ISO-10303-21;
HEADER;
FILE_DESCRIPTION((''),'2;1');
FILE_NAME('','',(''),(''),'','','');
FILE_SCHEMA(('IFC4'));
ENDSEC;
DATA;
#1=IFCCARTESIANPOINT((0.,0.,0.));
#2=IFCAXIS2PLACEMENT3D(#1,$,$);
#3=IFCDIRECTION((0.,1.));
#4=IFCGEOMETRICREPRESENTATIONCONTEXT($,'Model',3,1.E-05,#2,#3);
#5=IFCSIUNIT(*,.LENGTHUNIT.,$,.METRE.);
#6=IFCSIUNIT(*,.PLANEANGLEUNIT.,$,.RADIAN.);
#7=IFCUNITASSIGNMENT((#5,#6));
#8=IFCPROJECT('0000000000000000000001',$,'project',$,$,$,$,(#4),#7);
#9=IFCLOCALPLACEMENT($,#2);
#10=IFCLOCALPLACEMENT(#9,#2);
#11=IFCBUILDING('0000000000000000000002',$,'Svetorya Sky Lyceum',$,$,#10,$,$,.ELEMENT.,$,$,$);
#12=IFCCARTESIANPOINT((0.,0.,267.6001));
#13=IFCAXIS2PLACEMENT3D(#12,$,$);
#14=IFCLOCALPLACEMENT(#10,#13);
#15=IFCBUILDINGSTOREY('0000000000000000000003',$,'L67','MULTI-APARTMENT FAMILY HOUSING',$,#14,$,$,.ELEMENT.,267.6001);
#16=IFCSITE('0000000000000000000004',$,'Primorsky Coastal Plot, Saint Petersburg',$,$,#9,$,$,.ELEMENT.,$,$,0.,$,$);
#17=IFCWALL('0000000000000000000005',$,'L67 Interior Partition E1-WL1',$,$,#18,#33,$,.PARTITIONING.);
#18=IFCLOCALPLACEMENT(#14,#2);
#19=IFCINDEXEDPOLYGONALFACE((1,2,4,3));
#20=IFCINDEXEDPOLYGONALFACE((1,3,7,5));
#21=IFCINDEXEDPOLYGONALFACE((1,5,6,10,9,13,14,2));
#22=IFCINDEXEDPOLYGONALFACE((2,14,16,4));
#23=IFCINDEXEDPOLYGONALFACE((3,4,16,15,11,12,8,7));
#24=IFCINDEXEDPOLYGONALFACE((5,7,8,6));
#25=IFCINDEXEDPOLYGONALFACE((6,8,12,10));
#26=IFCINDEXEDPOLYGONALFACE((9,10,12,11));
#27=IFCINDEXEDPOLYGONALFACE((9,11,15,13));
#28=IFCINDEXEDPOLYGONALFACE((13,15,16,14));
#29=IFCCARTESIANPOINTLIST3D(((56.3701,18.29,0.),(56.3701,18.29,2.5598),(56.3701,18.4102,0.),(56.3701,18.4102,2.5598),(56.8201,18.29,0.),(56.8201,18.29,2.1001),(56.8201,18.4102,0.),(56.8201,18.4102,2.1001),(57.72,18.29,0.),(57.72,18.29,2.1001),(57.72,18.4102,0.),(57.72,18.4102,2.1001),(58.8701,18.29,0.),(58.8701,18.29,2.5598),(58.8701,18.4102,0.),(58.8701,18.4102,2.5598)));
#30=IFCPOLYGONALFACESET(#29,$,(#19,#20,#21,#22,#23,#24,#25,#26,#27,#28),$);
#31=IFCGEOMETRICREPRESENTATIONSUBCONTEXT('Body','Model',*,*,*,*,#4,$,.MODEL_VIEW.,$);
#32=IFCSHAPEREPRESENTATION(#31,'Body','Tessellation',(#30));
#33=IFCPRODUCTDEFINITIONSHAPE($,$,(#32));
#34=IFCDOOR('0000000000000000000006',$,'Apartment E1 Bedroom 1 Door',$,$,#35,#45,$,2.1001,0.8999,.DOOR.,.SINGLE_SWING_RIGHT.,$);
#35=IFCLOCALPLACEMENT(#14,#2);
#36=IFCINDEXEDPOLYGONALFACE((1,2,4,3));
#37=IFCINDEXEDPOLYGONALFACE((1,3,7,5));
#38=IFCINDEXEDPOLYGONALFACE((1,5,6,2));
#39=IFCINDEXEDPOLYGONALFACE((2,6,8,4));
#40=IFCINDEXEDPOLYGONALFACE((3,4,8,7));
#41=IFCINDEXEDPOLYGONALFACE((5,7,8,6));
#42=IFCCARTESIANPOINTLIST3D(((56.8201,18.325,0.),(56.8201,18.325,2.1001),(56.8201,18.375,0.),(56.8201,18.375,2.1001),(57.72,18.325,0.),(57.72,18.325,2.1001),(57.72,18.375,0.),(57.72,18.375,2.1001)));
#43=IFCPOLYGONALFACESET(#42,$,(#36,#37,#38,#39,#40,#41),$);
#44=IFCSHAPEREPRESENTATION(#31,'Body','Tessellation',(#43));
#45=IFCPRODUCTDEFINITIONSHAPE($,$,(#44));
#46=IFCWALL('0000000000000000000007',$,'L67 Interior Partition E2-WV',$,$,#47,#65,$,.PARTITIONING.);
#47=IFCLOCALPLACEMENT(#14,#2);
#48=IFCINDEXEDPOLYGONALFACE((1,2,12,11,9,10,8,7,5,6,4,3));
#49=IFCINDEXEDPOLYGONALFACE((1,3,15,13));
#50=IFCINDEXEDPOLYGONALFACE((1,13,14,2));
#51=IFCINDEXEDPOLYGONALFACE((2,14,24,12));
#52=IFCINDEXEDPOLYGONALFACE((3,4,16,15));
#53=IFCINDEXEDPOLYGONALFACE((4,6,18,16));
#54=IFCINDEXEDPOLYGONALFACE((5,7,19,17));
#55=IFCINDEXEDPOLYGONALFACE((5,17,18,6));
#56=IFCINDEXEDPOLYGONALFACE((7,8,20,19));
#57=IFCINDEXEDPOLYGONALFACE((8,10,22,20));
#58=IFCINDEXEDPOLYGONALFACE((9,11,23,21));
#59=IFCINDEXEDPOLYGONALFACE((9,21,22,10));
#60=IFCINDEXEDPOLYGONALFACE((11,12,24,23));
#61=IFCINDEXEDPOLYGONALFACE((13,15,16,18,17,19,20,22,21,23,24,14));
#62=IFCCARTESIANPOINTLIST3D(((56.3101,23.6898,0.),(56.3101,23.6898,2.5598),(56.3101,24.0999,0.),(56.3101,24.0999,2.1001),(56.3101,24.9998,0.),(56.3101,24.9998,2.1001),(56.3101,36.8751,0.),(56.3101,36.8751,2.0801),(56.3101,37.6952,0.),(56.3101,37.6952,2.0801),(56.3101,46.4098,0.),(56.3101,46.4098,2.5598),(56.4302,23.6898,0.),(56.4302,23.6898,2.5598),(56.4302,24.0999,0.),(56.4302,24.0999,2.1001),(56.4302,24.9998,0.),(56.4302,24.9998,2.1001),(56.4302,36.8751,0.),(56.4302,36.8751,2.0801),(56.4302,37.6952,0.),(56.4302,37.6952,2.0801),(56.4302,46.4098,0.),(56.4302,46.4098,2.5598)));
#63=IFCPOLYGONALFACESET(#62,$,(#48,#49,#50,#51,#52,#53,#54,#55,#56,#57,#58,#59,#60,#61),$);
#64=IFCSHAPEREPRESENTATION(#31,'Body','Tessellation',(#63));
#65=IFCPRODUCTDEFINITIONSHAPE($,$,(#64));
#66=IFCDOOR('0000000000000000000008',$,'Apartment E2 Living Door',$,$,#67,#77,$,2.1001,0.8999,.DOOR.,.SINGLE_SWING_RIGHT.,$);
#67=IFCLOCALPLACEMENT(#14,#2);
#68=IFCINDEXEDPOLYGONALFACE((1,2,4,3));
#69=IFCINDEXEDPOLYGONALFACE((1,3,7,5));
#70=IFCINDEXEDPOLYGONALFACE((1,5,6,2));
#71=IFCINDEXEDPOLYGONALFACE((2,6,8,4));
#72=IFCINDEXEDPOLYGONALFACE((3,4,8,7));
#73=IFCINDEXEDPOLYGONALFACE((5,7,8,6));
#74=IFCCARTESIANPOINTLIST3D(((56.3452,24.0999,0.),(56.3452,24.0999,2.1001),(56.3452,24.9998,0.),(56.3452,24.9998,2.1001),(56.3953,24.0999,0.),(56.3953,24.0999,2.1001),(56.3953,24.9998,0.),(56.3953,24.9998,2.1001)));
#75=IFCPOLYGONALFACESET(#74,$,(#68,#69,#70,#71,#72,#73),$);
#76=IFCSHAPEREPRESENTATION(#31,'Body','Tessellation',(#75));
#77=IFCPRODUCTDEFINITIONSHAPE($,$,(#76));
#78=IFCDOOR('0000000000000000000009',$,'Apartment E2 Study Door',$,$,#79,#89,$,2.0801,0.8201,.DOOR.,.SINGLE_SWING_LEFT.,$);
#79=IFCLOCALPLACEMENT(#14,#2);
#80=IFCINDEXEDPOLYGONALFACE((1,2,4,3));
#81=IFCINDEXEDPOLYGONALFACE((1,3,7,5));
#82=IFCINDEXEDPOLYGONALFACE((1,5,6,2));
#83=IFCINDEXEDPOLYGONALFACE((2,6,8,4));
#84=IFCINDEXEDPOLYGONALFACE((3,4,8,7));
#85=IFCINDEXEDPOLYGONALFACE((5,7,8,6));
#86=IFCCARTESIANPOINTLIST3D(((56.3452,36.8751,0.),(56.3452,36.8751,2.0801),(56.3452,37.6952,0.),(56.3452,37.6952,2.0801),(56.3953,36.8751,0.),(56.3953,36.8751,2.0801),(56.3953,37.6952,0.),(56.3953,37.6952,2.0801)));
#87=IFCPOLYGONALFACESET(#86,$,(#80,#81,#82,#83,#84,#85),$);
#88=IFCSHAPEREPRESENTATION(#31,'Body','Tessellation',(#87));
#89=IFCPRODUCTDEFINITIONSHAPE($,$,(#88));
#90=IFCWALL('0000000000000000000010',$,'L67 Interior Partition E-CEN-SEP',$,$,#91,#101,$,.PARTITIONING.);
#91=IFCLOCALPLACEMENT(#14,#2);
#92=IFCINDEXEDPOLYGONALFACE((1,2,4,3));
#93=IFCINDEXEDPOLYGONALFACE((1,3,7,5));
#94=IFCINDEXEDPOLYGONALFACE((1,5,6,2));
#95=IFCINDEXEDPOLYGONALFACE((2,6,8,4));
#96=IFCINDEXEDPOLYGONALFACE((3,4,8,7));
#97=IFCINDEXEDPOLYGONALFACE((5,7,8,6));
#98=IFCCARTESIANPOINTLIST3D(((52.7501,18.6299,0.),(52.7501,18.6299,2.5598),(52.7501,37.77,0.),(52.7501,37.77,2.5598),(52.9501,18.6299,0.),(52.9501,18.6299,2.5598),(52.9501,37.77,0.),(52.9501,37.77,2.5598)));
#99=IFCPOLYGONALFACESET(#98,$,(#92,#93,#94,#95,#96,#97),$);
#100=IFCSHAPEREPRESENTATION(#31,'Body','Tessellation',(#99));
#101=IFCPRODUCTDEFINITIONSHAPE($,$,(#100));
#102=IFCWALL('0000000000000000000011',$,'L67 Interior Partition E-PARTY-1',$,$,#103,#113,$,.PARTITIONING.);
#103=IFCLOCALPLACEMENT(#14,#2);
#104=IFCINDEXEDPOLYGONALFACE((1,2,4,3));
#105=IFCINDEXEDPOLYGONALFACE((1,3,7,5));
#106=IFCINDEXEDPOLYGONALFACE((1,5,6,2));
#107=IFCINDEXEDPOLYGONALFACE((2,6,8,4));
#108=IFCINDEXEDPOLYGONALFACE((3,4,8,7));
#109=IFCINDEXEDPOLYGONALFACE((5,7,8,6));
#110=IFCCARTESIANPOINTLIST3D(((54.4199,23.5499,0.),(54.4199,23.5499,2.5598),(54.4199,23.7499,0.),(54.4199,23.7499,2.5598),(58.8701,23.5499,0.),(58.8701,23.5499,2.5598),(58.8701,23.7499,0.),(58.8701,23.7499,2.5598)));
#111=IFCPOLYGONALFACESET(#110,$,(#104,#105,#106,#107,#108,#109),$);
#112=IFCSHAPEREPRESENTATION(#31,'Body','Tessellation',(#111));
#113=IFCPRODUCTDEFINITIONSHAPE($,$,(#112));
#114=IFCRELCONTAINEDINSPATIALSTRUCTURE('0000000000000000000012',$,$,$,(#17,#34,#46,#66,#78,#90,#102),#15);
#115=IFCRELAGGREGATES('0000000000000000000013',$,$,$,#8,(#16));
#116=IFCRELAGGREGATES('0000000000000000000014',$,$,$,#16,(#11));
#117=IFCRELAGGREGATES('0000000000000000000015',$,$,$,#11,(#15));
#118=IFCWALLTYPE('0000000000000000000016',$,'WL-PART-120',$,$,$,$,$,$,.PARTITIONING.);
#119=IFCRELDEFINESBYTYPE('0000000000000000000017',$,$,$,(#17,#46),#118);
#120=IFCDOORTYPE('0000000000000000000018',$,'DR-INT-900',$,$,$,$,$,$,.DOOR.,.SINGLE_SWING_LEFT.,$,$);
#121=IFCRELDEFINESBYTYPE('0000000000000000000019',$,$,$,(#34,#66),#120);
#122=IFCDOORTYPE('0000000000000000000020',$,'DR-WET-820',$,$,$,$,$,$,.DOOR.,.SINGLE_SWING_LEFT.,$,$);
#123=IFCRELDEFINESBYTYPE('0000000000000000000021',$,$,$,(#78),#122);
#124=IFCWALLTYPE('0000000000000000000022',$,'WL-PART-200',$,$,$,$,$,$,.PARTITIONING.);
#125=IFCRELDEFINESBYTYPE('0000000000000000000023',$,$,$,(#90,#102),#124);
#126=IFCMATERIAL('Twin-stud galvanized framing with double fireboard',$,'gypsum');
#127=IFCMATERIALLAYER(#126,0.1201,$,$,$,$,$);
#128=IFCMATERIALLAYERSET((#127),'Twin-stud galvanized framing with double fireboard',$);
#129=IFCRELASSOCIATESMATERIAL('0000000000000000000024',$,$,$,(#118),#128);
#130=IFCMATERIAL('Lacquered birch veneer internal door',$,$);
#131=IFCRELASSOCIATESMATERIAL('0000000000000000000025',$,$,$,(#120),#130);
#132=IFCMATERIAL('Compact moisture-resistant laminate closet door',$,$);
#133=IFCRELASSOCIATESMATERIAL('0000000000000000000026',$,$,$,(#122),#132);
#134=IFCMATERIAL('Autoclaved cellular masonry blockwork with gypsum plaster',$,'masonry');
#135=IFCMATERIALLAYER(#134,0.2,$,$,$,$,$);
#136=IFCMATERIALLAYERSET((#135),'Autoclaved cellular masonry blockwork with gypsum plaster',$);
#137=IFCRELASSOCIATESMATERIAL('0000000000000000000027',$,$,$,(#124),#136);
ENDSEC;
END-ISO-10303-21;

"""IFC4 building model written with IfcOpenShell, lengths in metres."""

from ifc_helpers import new_model, si_unit, direction, frame, frame_2d, origin, place, context, subcontext, project, spatial, rectangle, extrude, material, layer, layer_set, type_object, element, fill, save


model = new_model("IFC4")

# Units and contexts
model_context = context("Model", 3, precision=1e-05, world=origin(), true_north=direction((0.0, 1.0)))
body_context = subcontext(model_context, "Body", "Model", "MODEL_VIEW")
ifc_project = project(units=[si_unit("LENGTHUNIT", "METRE"), si_unit("PLANEANGLEUNIT", "RADIAN")], contexts=[model_context])

# Site, building, storey
site_placement = place(None, origin())
site = spatial("IfcSite", under=ifc_project, at=site_placement, Name="Primorsky Coastal Plot, Saint Petersburg", CompositionType="ELEMENT", RefElevation=0.0)
building_placement = place(site_placement, origin())
building = spatial("IfcBuilding", under=site, at=building_placement, Name="Svetorya Sky Lyceum", CompositionType="ELEMENT")
storey_placement = place(building_placement, frame((0.0, 0.0, 267.6001)))
storey = spatial("IfcBuildingStorey", under=building, at=storey_placement, Name="L67", Description="MULTI-APARTMENT FAMILY HOUSING", CompositionType="ELEMENT", Elevation=267.6001)

# Wall, opening, door
ifc_material_1 = material(Name="Twin-stud galvanized framing with double fireboard", Category="gypsum")
ifc_layer_1 = layer(ifc_material_1, 0.1201)
ifc_layer_set_1 = layer_set([ifc_layer_1], Name="Twin-stud galvanized framing with double fireboard")
wall_type_1 = type_object("IfcWallType", Name="WL-PART-120", PredefinedType="PARTITIONING", material=ifc_layer_set_1)
wall_1_placement = place(storey_placement, frame((56.3701, 18.3501, 0.0), z_axis=(0.0, 0.0, 1.0), x_axis=(1.0, 0.0, 0.0)))
wall_1 = element("IfcWall", 1, at=wall_1_placement, inside=storey, type_object=wall_type_1, Name="L67 Interior Partition E1-WL1", PredefinedType="PARTITIONING", context=body_context, shape_type="SweptSolid", body=[
    extrude(rectangle(XDim=2.5, YDim=0.1201, at=frame_2d((1.25, 0.0))), origin(), (0.0, 0.0, 1.0), 2.5598),
])
opening_1_placement = place(wall_1_placement, frame((0.45, 0.0, 0.0)))
opening_1 = element("IfcOpeningElement", 2, at=opening_1_placement, cuts=wall_1, PredefinedType="OPENING", context=body_context, shape_type="SweptSolid", body=[
    extrude(rectangle(XDim=0.8999, YDim=2.1001, at=frame_2d((0.45, 1.05))), frame((0.0, 0.0701, 0.0), z_axis=(0.0, -1.0, 0.0), x_axis=(1.0, 0.0, 0.0)), (0.0, 0.0, 1.0), 0.1401),
])
ifc_material_2 = material(Name="Lacquered birch veneer internal door")
door_type_1 = type_object("IfcDoorType", Name="DR-INT-900", OperationType="SINGLE_SWING_LEFT", PredefinedType="DOOR", material=ifc_material_2)
door_1_placement = place(opening_1_placement, origin())
door_1 = element("IfcDoor", 3, at=door_1_placement, inside=storey, type_object=door_type_1, Name="Apartment E1 Bedroom 1 Door", OperationType="SINGLE_SWING_RIGHT", OverallHeight=2.1001, OverallWidth=0.8999, PredefinedType="DOOR", context=body_context, shape_type="SweptSolid", body=[
    extrude(rectangle(XDim=0.8999, YDim=2.1001, at=frame_2d((0.45, 1.05))), frame((0.0, 0.0249, 0.0), z_axis=(0.0, -1.0, 0.0), x_axis=(1.0, 0.0, 0.0)), (0.0, 0.0, 1.0), 0.05),
])
fill(opening_1, door_1)

# Wall, openings, doors
wall_2_placement = place(storey_placement, frame((56.3701, 23.6899, 0.0), z_axis=(0.0, 0.0, 1.0), x_axis=(0.0, 1.0, 0.0)))
wall_2 = element("IfcWall", 4, at=wall_2_placement, inside=storey, type_object=wall_type_1, Name="L67 Interior Partition E2-WV", PredefinedType="PARTITIONING", context=body_context, shape_type="SweptSolid", body=[
    extrude(rectangle(XDim=22.72, YDim=0.1201, at=frame_2d((11.3599, 0.0))), origin(), (0.0, 0.0, 1.0), 2.5598),
])
opening_2_placement = place(wall_2_placement, frame((0.4099, 0.0, 0.0)))
opening_2 = element("IfcOpeningElement", 5, at=opening_2_placement, cuts=wall_2, PredefinedType="OPENING", context=body_context, shape_type="SweptSolid", body=[
    extrude(rectangle(XDim=0.8999, YDim=2.1001, at=frame_2d((0.45, 1.05))), frame((0.0, 0.0701, 0.0), z_axis=(0.0, -1.0, 0.0), x_axis=(1.0, 0.0, 0.0)), (0.0, 0.0, 1.0), 0.1401),
])
opening_3_placement = place(wall_2_placement, frame((13.1851, 0.0, 0.0)))
opening_3 = element("IfcOpeningElement", 6, at=opening_3_placement, cuts=wall_2, PredefinedType="OPENING", context=body_context, shape_type="SweptSolid", body=[
    extrude(rectangle(XDim=0.8201, YDim=2.0801, at=frame_2d((0.4102, 1.04))), frame((0.0, 0.0701, 0.0), z_axis=(0.0, -1.0, 0.0), x_axis=(1.0, 0.0, 0.0)), (0.0, 0.0, 1.0), 0.1401),
])
door_2_placement = place(opening_2_placement, origin())
door_2 = element("IfcDoor", 7, at=door_2_placement, inside=storey, type_object=door_type_1, Name="Apartment E2 Living Door", OperationType="SINGLE_SWING_RIGHT", OverallHeight=2.1001, OverallWidth=0.8999, PredefinedType="DOOR", context=body_context, shape_type="SweptSolid", body=[
    extrude(rectangle(XDim=0.8999, YDim=2.1001, at=frame_2d((0.45, 1.05))), frame((0.0, 0.0249, 0.0), z_axis=(0.0, -1.0, 0.0), x_axis=(1.0, 0.0, 0.0)), (0.0, 0.0, 1.0), 0.05),
])
fill(opening_2, door_2)
ifc_material_3 = material(Name="Compact moisture-resistant laminate closet door")
door_type_2 = type_object("IfcDoorType", Name="DR-WET-820", OperationType="SINGLE_SWING_LEFT", PredefinedType="DOOR", material=ifc_material_3)
door_3_placement = place(opening_3_placement, origin())
door_3 = element("IfcDoor", 8, at=door_3_placement, inside=storey, type_object=door_type_2, Name="Apartment E2 Study Door", OperationType="SINGLE_SWING_LEFT", OverallHeight=2.0801, OverallWidth=0.8201, PredefinedType="DOOR", context=body_context, shape_type="SweptSolid", body=[
    extrude(rectangle(XDim=0.8201, YDim=2.0801, at=frame_2d((0.4102, 1.04))), frame((0.0, 0.0249, 0.0), z_axis=(0.0, -1.0, 0.0), x_axis=(1.0, 0.0, 0.0)), (0.0, 0.0, 1.0), 0.05),
])
fill(opening_3, door_3)

# Walls
ifc_material_4 = material(Name="Autoclaved cellular masonry blockwork with gypsum plaster", Category="masonry")
ifc_layer_2 = layer(ifc_material_4, 0.2)
ifc_layer_set_2 = layer_set([ifc_layer_2], Name="Autoclaved cellular masonry blockwork with gypsum plaster")
wall_type_2 = type_object("IfcWallType", Name="WL-PART-200", PredefinedType="PARTITIONING", material=ifc_layer_set_2)
wall_3_placement = place(storey_placement, frame((52.8501, 18.6299, 0.0), z_axis=(0.0, 0.0, 1.0), x_axis=(0.0, 1.0, 0.0)))
element("IfcWall", 9, at=wall_3_placement, inside=storey, type_object=wall_type_2, Name="L67 Interior Partition E-CEN-SEP", PredefinedType="PARTITIONING", context=body_context, shape_type="SweptSolid", body=[
    extrude(rectangle(XDim=19.1401, YDim=0.2, at=frame_2d((9.5701, 0.0))), origin(), (0.0, 0.0, 1.0), 2.5598),
])
wall_4_placement = place(storey_placement, frame((54.4199, 23.6499, 0.0), z_axis=(0.0, 0.0, 1.0), x_axis=(1.0, 0.0, 0.0)))
element("IfcWall", 10, at=wall_4_placement, inside=storey, type_object=wall_type_2, Name="L67 Interior Partition E-PARTY-1", PredefinedType="PARTITIONING", context=body_context, shape_type="SweptSolid", body=[
    extrude(rectangle(XDim=4.4502, YDim=0.2, at=frame_2d((2.2251, 0.0))), origin(), (0.0, 0.0, 1.0), 2.5598),
])

save(model, "model.ifc")
